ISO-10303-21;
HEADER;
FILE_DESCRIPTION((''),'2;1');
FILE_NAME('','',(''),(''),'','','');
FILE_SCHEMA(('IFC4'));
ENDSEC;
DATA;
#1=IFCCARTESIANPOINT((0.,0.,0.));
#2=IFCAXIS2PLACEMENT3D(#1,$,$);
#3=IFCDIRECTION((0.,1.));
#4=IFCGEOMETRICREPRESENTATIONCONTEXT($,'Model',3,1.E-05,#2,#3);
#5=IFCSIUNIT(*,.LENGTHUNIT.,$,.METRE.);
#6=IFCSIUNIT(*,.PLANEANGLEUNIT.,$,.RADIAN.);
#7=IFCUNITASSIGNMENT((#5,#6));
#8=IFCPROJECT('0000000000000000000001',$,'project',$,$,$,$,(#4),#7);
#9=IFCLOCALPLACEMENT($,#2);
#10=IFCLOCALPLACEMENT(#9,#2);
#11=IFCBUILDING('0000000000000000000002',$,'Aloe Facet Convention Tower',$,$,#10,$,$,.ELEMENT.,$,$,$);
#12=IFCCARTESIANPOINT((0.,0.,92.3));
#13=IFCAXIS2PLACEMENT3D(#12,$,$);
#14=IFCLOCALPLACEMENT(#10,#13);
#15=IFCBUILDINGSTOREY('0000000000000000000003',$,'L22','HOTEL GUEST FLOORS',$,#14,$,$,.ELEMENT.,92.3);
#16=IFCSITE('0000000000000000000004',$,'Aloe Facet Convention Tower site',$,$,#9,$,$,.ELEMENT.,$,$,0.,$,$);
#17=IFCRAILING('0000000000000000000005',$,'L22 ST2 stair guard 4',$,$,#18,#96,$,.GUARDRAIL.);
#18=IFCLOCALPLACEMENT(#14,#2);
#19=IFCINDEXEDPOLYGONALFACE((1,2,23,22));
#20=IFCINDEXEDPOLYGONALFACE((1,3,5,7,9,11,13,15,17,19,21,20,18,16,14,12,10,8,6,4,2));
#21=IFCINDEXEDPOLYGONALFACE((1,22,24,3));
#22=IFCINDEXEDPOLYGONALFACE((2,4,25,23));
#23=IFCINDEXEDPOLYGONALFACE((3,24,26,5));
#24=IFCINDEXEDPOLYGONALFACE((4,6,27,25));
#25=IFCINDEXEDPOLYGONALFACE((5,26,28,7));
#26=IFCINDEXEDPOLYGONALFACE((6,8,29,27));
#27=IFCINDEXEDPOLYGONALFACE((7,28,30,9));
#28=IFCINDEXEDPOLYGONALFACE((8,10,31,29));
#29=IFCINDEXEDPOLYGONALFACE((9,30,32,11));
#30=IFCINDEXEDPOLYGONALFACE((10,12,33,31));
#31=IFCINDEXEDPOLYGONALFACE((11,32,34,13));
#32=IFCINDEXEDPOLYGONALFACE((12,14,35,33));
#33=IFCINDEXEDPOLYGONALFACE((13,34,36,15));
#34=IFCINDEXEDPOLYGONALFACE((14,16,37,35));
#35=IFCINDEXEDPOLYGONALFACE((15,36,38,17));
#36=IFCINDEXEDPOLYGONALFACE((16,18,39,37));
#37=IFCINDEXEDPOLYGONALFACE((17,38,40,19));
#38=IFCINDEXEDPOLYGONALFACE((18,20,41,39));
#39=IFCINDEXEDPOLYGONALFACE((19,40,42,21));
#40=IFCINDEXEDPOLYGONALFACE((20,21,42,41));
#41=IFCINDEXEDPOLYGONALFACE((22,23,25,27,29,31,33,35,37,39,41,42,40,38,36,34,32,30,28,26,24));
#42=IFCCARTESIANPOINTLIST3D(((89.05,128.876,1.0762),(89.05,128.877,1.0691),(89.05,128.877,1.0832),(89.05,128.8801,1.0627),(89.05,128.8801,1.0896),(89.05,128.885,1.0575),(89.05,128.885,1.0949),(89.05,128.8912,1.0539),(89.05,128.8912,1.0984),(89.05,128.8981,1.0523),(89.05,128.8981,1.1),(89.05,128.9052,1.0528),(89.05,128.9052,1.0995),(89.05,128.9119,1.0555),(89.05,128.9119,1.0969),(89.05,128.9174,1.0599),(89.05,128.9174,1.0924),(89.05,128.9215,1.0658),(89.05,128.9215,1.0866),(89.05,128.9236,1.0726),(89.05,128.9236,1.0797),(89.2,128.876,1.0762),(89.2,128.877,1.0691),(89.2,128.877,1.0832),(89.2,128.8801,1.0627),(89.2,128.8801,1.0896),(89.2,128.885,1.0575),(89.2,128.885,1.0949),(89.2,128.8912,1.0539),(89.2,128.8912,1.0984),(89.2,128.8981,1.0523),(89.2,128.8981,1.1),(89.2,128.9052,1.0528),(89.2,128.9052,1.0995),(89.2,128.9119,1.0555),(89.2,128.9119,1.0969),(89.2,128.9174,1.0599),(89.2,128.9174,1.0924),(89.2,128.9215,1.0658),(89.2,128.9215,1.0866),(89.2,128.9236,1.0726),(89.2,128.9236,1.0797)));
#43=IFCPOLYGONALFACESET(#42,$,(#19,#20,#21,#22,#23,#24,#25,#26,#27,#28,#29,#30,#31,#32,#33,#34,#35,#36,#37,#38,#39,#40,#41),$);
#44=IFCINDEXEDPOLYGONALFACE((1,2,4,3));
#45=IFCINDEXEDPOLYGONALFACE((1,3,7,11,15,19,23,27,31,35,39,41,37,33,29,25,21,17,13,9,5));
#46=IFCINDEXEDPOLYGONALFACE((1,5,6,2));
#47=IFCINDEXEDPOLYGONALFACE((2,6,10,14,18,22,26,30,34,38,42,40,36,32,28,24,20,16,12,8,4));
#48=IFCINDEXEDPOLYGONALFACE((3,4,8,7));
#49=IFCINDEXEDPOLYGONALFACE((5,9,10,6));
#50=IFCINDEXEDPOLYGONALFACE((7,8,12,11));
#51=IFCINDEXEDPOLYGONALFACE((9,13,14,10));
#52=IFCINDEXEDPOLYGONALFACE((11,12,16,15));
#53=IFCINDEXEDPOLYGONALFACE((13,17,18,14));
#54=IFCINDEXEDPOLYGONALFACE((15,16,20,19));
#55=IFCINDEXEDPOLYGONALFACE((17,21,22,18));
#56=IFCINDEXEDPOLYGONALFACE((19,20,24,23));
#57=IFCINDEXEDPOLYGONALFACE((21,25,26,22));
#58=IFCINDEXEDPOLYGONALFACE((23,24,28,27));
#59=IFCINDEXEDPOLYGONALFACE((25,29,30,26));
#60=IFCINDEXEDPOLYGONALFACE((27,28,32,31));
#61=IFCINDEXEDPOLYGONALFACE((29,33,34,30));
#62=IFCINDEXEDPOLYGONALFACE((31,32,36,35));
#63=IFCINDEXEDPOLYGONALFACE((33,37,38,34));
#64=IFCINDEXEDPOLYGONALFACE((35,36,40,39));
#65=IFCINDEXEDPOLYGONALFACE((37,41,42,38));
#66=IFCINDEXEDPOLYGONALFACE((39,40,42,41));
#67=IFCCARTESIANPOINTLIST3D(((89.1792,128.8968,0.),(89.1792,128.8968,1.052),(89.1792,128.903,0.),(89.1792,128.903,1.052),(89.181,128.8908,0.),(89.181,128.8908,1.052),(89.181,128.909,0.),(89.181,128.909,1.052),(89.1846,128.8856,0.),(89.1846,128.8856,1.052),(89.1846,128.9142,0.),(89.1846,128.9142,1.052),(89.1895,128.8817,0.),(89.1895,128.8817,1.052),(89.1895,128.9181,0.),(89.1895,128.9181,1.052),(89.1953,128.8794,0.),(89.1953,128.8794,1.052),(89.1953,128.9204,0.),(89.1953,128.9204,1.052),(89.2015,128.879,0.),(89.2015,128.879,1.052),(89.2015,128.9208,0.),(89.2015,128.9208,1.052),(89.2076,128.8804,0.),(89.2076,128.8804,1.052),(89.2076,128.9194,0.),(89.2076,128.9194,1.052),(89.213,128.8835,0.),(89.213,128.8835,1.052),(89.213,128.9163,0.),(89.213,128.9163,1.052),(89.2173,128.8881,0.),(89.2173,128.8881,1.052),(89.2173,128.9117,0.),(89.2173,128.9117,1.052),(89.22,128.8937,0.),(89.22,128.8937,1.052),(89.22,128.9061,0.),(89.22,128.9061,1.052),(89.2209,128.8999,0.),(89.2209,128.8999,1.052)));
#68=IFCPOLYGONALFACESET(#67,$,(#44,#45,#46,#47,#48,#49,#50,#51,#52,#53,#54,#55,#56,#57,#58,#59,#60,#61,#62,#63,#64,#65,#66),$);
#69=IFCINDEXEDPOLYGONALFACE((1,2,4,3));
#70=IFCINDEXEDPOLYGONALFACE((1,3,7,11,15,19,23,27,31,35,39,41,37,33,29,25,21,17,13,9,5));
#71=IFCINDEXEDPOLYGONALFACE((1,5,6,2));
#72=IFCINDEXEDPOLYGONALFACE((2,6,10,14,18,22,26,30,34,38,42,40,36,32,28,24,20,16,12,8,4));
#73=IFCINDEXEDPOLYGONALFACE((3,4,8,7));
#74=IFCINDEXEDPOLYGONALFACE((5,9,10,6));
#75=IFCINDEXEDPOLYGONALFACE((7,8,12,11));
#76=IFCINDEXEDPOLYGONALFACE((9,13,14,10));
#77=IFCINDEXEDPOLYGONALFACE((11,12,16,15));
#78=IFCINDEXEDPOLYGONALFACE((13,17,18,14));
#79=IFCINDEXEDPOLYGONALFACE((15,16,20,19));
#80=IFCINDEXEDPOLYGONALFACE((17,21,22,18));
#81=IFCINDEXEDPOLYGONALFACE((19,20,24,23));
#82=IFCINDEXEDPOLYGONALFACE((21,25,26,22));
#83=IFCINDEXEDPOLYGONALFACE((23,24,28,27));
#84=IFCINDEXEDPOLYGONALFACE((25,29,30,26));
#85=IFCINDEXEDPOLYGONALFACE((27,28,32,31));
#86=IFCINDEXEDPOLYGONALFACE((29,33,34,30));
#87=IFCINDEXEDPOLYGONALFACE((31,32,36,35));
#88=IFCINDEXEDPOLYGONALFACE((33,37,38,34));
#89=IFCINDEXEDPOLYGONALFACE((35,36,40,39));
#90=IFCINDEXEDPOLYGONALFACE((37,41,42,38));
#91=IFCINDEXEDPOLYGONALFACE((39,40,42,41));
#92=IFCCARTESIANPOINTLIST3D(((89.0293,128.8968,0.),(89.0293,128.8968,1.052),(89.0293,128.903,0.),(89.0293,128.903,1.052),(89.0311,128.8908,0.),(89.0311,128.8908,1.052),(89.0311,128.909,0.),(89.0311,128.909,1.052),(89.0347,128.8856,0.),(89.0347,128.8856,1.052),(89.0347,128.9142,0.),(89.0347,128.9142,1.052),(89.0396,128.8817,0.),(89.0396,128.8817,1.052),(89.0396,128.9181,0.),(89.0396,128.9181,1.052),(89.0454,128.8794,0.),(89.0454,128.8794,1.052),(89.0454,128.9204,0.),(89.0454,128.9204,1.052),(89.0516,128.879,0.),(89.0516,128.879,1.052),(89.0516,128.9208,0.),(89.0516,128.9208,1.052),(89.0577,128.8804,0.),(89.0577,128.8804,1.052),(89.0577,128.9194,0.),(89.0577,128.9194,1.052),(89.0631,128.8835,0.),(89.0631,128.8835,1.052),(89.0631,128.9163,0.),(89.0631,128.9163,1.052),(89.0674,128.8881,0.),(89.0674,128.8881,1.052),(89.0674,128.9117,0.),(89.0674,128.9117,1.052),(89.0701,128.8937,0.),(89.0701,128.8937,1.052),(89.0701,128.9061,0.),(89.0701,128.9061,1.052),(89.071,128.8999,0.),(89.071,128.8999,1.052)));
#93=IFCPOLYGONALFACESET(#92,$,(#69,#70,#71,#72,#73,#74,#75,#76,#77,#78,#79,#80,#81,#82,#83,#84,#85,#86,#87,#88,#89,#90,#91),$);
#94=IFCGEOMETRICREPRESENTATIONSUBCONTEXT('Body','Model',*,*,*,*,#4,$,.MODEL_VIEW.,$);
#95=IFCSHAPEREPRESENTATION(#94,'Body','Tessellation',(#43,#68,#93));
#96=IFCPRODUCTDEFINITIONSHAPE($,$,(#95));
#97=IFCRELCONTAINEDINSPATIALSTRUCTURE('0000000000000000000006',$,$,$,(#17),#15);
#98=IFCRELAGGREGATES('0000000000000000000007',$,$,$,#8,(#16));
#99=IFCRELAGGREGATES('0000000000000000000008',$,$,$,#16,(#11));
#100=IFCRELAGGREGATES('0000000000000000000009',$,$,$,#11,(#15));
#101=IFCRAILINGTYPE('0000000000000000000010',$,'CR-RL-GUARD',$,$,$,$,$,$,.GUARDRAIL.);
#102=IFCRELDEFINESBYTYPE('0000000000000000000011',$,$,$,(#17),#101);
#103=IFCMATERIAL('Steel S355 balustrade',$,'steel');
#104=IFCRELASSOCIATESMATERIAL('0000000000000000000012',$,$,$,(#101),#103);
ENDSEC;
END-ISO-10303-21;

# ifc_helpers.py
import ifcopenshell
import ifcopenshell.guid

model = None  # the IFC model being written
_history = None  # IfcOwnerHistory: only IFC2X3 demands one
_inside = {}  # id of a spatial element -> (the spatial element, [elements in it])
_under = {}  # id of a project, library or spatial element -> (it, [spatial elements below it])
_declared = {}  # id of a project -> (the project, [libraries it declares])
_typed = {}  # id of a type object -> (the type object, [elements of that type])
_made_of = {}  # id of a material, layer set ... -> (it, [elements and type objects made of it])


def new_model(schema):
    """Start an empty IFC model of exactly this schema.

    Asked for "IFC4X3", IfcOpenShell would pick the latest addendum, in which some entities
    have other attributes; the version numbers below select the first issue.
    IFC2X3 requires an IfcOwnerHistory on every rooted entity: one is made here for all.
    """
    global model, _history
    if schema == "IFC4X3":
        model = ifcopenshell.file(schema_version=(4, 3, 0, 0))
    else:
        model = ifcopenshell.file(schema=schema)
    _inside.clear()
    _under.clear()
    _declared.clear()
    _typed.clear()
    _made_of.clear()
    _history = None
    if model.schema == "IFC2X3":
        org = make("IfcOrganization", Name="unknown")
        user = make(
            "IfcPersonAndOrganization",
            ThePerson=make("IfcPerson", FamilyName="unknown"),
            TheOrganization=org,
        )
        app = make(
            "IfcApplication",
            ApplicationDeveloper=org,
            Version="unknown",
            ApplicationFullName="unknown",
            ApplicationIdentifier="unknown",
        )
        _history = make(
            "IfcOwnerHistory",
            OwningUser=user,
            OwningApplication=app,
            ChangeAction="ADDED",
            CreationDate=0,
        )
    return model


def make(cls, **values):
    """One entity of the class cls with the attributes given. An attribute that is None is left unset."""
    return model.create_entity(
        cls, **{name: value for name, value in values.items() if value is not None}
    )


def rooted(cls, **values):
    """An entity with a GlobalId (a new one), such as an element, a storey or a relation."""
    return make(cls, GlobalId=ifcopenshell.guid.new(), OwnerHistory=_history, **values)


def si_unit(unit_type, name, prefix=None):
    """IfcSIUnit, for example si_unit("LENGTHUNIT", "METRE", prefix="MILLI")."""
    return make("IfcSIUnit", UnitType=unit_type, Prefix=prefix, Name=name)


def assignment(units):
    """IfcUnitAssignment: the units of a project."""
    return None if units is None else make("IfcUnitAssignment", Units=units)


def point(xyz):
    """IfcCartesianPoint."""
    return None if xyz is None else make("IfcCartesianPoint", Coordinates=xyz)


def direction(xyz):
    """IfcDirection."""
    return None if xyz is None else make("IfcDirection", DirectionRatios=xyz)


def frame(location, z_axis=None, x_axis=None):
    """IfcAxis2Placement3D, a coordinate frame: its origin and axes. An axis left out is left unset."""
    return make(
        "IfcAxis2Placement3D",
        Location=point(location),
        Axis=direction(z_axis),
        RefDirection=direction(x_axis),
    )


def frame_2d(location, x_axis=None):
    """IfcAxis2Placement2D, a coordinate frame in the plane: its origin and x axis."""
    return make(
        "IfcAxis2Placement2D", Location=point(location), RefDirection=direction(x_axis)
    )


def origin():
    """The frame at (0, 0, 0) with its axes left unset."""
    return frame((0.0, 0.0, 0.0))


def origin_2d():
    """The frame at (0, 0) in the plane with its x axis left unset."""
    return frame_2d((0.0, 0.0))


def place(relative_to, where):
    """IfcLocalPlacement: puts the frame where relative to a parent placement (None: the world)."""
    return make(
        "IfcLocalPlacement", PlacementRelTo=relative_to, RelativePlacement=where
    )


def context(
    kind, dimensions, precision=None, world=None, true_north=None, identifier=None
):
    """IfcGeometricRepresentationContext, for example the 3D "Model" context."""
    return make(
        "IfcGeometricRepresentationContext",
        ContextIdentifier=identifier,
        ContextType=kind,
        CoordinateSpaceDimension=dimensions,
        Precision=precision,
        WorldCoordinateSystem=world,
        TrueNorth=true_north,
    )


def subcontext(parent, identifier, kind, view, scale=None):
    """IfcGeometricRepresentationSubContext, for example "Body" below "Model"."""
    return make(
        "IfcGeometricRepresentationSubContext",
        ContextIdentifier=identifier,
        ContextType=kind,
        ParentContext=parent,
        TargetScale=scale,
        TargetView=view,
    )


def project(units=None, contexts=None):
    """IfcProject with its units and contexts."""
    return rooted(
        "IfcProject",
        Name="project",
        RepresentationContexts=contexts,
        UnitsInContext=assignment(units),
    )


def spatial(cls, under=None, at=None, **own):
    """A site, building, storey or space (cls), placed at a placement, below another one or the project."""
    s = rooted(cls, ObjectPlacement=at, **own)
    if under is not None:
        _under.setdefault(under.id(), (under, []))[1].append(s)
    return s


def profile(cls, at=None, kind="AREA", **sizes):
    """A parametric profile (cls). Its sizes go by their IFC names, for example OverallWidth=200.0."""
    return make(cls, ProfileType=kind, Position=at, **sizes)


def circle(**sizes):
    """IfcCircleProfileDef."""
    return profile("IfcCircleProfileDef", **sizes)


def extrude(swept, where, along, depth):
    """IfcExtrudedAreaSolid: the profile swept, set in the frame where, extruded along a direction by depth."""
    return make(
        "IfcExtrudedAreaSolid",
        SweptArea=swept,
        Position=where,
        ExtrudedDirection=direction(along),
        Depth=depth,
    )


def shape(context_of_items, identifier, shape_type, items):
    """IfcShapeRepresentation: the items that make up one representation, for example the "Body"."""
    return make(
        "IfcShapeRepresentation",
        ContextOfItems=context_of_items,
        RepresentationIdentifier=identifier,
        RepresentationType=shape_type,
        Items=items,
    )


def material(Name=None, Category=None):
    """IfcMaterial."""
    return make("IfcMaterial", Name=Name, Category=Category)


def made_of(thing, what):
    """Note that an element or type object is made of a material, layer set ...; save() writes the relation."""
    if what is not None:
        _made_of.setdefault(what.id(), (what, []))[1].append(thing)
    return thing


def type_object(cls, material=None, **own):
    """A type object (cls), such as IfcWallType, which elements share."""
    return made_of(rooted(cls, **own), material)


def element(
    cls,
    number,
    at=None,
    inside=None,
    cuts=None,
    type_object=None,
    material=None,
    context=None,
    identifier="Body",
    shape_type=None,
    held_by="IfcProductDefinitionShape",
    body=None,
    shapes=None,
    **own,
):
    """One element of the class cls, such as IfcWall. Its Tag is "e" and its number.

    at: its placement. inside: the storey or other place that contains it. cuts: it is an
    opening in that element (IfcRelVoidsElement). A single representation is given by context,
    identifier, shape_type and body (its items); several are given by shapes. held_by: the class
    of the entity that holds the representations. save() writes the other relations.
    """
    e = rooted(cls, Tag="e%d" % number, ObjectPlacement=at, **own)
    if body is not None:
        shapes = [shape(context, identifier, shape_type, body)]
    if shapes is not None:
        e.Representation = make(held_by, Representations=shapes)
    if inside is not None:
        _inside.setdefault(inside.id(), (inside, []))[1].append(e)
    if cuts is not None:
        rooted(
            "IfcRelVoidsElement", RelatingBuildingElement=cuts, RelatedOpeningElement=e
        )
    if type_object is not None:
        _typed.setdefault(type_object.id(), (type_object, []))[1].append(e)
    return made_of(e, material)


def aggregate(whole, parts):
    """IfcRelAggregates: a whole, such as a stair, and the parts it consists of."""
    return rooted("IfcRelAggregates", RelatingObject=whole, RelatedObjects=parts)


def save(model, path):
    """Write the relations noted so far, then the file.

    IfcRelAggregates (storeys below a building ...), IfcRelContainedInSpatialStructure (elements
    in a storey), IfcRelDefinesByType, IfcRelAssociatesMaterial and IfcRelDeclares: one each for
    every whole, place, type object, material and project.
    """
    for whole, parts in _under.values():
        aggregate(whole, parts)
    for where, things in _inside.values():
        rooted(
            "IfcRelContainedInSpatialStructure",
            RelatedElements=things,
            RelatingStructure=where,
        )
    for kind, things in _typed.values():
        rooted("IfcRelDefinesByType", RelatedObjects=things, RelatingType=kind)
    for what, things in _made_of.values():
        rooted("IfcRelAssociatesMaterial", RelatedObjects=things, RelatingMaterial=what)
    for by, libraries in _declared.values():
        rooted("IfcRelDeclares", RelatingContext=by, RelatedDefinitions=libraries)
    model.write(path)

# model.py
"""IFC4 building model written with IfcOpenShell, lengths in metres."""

from ifc_helpers import new_model, si_unit, direction, frame, origin, origin_2d, place, context, subcontext, project, spatial, circle, extrude, material, type_object, element, save


model = new_model("IFC4")

# Units and contexts
model_context = context("Model", 3, precision=1e-05, world=origin(), true_north=direction((0.0, 1.0)))
body_context = subcontext(model_context, "Body", "Model", "MODEL_VIEW")
ifc_project = project(units=[si_unit("LENGTHUNIT", "METRE"), si_unit("PLANEANGLEUNIT", "RADIAN")], contexts=[model_context])

# Site, building, storey
site_placement = place(None, origin())
site = spatial("IfcSite", under=ifc_project, at=site_placement, Name="Aloe Facet Convention Tower site", CompositionType="ELEMENT", RefElevation=0.0)
building_placement = place(site_placement, origin())
building = spatial("IfcBuilding", under=site, at=building_placement, Name="Aloe Facet Convention Tower", CompositionType="ELEMENT")
storey_placement = place(building_placement, frame((0.0, 0.0, 92.3)))
storey = spatial("IfcBuildingStorey", under=building, at=storey_placement, Name="L22", Description="HOTEL GUEST FLOORS", CompositionType="ELEMENT", Elevation=92.3)

# Railing
ifc_material_1 = material(Name="Steel S355 balustrade", Category="steel")
railing_type_1 = type_object("IfcRailingType", Name="CR-RL-GUARD", PredefinedType="GUARDRAIL", material=ifc_material_1)
railing_1_placement = place(storey_placement, frame((89.2, 128.8999, 0.0)))
element("IfcRailing", 1, at=railing_1_placement, inside=storey, type_object=railing_type_1, Name="L22 ST2 stair guard 4", PredefinedType="GUARDRAIL", context=body_context, shape_type="SweptSolid", body=[
    extrude(circle(Radius=0.0239, at=origin_2d()), frame((0.0, 0.0, 1.0762), z_axis=(-1.0, 0.0, 0.0), x_axis=(0.0, -1.0, 0.0)), (0.0, 0.0, 1.0), 0.1499),
    extrude(circle(Radius=0.021, at=origin_2d()), origin(), (0.0, 0.0, 1.0), 1.052),
    extrude(circle(Radius=0.021, at=origin_2d()), frame((-0.1499, 0.0, 0.0)), (0.0, 0.0, 1.0), 1.052),
])

save(model, "model.ifc")
